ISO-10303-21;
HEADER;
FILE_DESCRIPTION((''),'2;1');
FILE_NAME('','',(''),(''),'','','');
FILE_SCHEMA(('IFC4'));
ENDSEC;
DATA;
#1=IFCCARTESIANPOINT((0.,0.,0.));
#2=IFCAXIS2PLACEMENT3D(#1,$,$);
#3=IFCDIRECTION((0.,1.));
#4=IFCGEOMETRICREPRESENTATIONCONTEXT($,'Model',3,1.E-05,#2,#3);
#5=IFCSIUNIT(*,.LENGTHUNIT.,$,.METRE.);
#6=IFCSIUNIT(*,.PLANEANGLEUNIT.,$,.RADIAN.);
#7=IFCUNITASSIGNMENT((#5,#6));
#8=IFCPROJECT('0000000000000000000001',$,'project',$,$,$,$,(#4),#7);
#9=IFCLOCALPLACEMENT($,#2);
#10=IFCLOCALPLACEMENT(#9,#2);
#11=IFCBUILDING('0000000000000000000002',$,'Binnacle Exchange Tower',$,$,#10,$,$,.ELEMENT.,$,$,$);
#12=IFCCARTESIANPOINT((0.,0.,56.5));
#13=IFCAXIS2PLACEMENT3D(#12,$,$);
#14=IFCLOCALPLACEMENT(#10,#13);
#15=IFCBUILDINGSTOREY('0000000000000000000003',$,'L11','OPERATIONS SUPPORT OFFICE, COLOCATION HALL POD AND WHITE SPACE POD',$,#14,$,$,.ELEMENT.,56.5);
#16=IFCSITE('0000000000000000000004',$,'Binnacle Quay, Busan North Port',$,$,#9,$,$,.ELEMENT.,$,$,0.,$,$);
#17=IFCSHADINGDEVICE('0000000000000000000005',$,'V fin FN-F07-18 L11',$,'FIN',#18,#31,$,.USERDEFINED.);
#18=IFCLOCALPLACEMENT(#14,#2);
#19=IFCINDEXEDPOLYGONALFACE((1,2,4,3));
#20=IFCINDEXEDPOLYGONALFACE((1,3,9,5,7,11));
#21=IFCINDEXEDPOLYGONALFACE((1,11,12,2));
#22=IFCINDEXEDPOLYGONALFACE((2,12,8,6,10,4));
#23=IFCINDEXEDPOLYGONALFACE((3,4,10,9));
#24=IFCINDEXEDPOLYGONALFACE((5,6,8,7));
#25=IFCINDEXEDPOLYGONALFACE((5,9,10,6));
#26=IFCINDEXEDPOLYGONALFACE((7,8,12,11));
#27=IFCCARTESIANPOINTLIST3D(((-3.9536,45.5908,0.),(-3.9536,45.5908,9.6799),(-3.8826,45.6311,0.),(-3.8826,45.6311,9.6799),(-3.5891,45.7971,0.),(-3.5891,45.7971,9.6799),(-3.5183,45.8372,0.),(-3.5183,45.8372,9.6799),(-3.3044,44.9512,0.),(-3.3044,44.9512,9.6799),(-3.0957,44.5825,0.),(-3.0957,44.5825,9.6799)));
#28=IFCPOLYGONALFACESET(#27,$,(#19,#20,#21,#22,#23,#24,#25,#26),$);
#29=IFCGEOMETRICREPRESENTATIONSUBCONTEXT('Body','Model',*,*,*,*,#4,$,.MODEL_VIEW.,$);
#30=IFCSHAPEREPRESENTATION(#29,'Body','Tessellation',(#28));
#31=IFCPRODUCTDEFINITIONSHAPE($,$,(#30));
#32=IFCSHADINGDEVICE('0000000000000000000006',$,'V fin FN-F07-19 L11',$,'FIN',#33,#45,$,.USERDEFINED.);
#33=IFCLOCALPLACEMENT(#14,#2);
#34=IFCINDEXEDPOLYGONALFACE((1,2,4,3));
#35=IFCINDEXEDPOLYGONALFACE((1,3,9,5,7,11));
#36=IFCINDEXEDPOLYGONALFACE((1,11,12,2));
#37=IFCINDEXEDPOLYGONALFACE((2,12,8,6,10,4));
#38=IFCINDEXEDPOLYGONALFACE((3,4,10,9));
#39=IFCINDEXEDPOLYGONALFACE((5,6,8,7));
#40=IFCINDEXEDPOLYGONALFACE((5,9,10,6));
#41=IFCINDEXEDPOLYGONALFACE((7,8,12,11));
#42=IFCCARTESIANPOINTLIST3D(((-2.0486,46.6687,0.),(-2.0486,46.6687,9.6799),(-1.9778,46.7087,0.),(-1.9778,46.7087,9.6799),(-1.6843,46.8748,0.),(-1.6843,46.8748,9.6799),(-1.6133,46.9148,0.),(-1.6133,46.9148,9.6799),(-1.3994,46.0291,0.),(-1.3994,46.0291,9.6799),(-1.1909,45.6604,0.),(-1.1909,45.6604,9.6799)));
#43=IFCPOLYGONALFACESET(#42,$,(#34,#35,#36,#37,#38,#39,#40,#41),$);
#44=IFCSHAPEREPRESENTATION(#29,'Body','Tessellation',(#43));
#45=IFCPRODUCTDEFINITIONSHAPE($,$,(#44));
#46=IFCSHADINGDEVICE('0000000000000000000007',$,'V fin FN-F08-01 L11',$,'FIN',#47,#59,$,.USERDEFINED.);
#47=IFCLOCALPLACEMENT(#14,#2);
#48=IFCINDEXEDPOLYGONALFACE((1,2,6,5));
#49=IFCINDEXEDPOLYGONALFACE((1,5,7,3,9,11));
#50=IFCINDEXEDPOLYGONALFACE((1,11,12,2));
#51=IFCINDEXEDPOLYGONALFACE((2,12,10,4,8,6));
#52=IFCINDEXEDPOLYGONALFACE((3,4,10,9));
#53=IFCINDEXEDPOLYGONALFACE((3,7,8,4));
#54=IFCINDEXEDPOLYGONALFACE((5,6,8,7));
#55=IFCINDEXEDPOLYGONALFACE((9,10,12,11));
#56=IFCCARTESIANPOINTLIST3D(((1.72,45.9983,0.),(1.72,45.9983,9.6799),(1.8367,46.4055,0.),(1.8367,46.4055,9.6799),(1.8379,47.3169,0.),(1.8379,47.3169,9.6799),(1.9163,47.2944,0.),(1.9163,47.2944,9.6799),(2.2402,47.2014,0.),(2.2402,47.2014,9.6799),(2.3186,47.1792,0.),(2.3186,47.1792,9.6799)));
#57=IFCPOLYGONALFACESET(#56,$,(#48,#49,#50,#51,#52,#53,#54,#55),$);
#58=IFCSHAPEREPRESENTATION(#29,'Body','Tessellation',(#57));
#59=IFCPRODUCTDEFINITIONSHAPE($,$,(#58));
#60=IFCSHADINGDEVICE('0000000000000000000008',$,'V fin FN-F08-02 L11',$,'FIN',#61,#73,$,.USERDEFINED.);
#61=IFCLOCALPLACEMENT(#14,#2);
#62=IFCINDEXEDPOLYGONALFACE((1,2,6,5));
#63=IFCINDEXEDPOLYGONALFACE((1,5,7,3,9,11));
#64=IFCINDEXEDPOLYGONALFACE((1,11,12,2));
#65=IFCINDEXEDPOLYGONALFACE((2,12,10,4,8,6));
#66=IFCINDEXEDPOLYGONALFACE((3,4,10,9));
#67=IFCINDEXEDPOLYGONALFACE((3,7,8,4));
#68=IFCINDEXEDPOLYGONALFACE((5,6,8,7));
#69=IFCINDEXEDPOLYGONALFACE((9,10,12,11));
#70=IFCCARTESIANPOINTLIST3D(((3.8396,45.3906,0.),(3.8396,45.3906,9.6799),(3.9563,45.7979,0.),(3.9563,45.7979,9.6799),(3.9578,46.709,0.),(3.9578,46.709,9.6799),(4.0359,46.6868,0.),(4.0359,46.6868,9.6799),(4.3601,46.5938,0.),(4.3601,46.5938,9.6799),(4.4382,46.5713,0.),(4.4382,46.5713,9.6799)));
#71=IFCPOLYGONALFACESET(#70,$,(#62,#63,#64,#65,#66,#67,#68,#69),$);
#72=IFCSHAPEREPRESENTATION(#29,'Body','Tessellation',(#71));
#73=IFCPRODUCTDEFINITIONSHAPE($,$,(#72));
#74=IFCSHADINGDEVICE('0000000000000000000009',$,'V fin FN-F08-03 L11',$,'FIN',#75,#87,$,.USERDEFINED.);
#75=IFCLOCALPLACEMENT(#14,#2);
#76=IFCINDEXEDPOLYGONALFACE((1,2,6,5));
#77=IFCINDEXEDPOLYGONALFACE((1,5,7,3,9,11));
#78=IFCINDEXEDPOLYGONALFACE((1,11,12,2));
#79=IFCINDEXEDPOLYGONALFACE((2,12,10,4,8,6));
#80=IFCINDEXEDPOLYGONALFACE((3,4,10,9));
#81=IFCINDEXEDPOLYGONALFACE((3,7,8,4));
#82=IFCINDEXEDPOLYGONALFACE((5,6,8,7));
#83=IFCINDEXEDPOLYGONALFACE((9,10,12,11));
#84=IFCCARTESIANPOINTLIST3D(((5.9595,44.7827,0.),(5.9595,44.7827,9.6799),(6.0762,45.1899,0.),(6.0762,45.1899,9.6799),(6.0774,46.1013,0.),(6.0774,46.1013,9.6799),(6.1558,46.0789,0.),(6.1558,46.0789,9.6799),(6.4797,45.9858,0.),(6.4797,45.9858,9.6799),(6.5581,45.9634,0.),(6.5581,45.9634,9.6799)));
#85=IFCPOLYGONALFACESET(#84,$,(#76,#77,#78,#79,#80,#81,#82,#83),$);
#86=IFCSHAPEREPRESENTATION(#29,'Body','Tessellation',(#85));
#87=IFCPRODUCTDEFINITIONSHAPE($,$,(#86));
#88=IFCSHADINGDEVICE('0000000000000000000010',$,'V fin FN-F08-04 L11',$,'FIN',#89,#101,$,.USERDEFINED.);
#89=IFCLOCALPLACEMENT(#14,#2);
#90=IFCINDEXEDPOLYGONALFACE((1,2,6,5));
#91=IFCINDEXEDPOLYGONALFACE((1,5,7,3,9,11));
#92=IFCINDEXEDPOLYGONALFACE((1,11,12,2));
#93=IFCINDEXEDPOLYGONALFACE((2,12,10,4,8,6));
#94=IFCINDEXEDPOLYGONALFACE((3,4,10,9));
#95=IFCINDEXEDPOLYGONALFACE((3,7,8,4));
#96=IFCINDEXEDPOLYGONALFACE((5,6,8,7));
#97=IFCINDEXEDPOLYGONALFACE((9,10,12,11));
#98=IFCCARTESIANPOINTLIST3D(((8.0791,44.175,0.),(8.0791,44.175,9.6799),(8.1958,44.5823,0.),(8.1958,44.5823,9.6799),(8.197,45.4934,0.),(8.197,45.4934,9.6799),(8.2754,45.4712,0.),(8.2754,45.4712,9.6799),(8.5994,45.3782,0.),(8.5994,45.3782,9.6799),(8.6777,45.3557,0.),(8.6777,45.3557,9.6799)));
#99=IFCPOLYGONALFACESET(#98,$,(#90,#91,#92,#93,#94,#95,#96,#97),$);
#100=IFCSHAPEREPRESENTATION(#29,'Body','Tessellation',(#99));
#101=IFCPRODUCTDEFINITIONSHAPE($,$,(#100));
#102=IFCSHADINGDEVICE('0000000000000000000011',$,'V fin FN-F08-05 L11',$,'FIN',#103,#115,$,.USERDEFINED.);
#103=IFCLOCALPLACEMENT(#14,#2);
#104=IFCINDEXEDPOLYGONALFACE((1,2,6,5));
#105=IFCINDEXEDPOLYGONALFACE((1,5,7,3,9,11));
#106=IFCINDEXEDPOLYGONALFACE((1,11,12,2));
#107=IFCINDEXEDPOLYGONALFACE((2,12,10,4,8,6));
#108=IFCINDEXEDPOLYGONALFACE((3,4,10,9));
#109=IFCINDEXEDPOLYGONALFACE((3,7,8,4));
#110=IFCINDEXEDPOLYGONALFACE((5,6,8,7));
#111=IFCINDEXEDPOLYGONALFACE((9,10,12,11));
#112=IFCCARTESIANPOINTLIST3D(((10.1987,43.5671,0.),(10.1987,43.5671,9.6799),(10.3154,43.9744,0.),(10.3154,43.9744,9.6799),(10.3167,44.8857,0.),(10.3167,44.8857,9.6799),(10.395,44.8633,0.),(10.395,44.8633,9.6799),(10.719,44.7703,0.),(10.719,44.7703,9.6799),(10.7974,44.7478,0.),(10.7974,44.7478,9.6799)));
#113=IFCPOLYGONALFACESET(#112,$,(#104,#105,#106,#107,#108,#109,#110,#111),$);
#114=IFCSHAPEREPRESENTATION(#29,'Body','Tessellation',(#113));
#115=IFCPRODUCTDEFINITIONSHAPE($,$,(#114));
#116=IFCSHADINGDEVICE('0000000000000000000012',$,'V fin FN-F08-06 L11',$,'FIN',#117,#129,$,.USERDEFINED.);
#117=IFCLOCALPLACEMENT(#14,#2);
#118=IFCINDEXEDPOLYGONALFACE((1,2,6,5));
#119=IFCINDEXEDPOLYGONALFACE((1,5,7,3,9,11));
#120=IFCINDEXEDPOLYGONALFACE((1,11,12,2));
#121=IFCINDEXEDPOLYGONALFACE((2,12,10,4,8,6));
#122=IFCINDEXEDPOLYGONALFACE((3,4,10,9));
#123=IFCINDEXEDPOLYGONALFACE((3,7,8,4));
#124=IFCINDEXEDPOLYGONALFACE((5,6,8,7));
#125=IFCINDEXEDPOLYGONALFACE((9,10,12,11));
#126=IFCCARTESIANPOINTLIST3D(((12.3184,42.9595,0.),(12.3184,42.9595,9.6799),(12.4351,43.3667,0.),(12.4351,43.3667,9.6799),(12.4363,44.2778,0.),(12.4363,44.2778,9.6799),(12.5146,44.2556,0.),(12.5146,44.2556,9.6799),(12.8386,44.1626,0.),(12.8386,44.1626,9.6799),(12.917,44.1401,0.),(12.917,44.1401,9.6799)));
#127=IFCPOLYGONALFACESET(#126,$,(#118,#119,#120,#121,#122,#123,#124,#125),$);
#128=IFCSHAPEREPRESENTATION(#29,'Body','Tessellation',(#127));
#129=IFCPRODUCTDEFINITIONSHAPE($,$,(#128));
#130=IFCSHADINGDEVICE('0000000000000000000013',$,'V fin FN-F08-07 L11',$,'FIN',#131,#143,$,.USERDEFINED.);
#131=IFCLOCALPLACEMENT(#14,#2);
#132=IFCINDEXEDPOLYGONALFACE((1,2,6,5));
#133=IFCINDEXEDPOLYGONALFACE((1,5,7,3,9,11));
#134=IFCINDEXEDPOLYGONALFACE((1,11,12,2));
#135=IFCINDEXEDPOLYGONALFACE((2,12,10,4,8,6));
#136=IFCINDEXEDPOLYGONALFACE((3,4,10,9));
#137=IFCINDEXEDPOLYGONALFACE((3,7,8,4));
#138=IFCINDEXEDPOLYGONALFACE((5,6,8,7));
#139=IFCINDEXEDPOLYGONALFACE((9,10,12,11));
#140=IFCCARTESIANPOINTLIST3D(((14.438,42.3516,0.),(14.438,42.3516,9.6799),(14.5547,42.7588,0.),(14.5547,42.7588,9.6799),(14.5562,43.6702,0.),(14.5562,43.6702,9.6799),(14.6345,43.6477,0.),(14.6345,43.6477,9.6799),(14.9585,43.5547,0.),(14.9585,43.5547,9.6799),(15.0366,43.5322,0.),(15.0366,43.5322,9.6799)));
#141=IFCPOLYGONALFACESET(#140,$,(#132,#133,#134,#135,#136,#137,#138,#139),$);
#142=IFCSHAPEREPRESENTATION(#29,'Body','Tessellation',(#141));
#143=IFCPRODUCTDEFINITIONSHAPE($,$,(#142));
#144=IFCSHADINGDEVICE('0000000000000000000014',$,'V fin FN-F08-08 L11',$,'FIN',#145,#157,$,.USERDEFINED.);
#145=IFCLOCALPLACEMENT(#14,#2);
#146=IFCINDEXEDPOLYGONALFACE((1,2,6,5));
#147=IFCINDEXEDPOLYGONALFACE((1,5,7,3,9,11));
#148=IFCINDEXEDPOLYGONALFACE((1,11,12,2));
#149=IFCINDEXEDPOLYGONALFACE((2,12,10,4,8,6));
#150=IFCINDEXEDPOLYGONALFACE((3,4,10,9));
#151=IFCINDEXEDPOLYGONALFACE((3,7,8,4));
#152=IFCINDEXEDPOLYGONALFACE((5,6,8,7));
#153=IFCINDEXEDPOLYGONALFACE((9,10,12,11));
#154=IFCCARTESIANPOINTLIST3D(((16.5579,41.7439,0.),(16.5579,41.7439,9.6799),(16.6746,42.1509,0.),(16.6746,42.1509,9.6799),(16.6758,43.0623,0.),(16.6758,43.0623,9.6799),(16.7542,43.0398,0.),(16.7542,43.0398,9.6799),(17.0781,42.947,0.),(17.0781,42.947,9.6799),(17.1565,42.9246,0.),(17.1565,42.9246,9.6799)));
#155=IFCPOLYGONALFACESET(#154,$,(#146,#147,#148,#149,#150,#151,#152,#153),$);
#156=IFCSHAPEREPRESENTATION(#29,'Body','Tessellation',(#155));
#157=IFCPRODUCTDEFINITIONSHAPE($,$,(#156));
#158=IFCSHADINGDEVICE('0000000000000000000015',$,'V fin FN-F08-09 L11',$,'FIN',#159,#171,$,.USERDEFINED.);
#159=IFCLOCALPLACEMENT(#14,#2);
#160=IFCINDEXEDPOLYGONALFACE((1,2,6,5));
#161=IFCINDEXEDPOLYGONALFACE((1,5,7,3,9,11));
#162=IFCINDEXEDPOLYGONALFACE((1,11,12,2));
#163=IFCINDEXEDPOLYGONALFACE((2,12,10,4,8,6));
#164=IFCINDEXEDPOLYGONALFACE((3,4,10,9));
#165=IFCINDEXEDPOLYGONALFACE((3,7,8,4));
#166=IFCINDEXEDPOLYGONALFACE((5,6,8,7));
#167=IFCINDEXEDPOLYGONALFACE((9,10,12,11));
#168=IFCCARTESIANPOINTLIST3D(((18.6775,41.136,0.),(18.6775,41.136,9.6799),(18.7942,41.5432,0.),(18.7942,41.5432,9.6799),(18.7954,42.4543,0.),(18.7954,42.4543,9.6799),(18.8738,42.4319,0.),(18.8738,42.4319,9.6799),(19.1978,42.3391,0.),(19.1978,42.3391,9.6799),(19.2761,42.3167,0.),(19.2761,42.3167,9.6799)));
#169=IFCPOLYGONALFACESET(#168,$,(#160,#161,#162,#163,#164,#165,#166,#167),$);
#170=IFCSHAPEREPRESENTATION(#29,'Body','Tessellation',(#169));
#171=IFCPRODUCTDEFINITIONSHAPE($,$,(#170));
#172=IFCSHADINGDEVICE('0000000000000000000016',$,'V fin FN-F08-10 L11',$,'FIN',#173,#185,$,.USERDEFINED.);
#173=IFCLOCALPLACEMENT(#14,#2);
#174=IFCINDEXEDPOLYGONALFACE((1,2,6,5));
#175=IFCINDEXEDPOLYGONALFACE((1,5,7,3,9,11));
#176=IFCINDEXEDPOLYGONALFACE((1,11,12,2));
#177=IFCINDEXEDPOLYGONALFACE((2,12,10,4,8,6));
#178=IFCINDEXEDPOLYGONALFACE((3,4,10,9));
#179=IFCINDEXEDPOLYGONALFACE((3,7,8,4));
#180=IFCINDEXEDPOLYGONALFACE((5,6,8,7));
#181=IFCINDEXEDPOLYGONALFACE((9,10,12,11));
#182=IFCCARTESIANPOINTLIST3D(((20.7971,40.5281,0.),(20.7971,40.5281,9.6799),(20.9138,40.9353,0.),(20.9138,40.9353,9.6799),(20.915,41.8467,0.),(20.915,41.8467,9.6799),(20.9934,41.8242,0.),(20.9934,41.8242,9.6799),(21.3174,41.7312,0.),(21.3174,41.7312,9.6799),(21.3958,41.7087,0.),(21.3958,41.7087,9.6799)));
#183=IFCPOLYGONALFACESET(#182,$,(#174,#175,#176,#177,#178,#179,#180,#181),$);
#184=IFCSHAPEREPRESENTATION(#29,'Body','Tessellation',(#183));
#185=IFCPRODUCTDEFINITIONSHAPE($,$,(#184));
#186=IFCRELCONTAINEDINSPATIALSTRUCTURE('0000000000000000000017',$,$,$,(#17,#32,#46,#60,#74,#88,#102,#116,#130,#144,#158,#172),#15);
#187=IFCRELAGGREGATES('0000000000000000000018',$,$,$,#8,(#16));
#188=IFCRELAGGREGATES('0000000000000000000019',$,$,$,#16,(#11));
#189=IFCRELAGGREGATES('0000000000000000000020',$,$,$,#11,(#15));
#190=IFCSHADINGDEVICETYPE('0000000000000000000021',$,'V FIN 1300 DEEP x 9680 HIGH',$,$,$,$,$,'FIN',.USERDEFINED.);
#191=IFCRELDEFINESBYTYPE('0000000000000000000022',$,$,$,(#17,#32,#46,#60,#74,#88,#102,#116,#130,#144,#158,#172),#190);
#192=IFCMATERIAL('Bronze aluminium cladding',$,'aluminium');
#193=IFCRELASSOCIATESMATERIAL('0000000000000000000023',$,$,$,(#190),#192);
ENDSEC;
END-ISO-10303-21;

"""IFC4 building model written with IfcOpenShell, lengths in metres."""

from ifc_helpers import new_model, si_unit, direction, frame, origin, place, context, subcontext, project, spatial, polyline, outline, extrude, material, type_object, element, save


model = new_model("IFC4")

# Units and contexts
model_context = context("Model", 3, precision=1e-05, world=origin(), true_north=direction((0.0, 1.0)))
body_context = subcontext(model_context, "Body", "Model", "MODEL_VIEW")
ifc_project = project(units=[si_unit("LENGTHUNIT", "METRE"), si_unit("PLANEANGLEUNIT", "RADIAN")], contexts=[model_context])

# Site, building, storey
site_placement = place(None, origin())
site = spatial("IfcSite", under=ifc_project, at=site_placement, Name="Binnacle Quay, Busan North Port", CompositionType="ELEMENT", RefElevation=0.0)
building_placement = place(site_placement, origin())
building = spatial("IfcBuilding", under=site, at=building_placement, Name="Binnacle Exchange Tower", CompositionType="ELEMENT")
storey_placement = place(building_placement, frame((0.0, 0.0, 56.5)))
storey = spatial("IfcBuildingStorey", under=building, at=storey_placement, Name="L11", Description="OPERATIONS SUPPORT OFFICE, COLOCATION HALL POD AND WHITE SPACE POD", CompositionType="ELEMENT", Elevation=56.5)

# Shading devices
ifc_material = material(Name="Bronze aluminium cladding", Category="aluminium")
shading_device_type = type_object("IfcShadingDeviceType", Name="V FIN 1300 DEEP x 9680 HIGH", ElementType="FIN", PredefinedType="USERDEFINED", material=ifc_material)
shading_device_1_placement = place(storey_placement, origin())
element("IfcShadingDevice", 1, at=shading_device_1_placement, inside=storey, type_object=shading_device_type, Name="V fin FN-F07-18 L11", ObjectType="FIN", PredefinedType="USERDEFINED", context=body_context, shape_type="SweptSolid", body=[
    extrude(outline(polyline([(-3.9536, 45.5908), (-3.0957, 44.5825), (-3.5183, 45.8372), (-3.5891, 45.7971), (-3.3044, 44.9512), (-3.8826, 45.6311), (-3.9536, 45.5908)])), origin(), (0.0, 0.0, 1.0), 9.6799),
])
shading_device_2_placement = place(storey_placement, origin())
element("IfcShadingDevice", 2, at=shading_device_2_placement, inside=storey, type_object=shading_device_type, Name="V fin FN-F07-19 L11", ObjectType="FIN", PredefinedType="USERDEFINED", context=body_context, shape_type="SweptSolid", body=[
    extrude(outline(polyline([(-2.0486, 46.6687), (-1.1909, 45.6604), (-1.6133, 46.9148), (-1.6843, 46.8748), (-1.3994, 46.0291), (-1.9778, 46.7087), (-2.0486, 46.6687)])), origin(), (0.0, 0.0, 1.0), 9.6799),
])
shading_device_3_placement = place(storey_placement, origin())
element("IfcShadingDevice", 3, at=shading_device_3_placement, inside=storey, type_object=shading_device_type, Name="V fin FN-F08-01 L11", ObjectType="FIN", PredefinedType="USERDEFINED", context=body_context, shape_type="SweptSolid", body=[
    extrude(outline(polyline([(1.8379, 47.3169), (1.72, 45.9983), (2.3186, 47.1792), (2.2402, 47.2014), (1.8367, 46.4055), (1.9163, 47.2944), (1.8379, 47.3169)])), origin(), (0.0, 0.0, 1.0), 9.6799),
])
shading_device_4_placement = place(storey_placement, origin())
element("IfcShadingDevice", 4, at=shading_device_4_placement, inside=storey, type_object=shading_device_type, Name="V fin FN-F08-02 L11", ObjectType="FIN", PredefinedType="USERDEFINED", context=body_context, shape_type="SweptSolid", body=[
    extrude(outline(polyline([(3.9578, 46.709), (3.8396, 45.3906), (4.4382, 46.5713), (4.3601, 46.5938), (3.9563, 45.7979), (4.0359, 46.6868), (3.9578, 46.709)])), origin(), (0.0, 0.0, 1.0), 9.6799),
])
shading_device_5_placement = place(storey_placement, origin())
element("IfcShadingDevice", 5, at=shading_device_5_placement, inside=storey, type_object=shading_device_type, Name="V fin FN-F08-03 L11", ObjectType="FIN", PredefinedType="USERDEFINED", context=body_context, shape_type="SweptSolid", body=[
    extrude(outline(polyline([(6.0774, 46.1013), (5.9595, 44.7827), (6.5581, 45.9634), (6.4797, 45.9858), (6.0762, 45.1899), (6.1558, 46.0789), (6.0774, 46.1013)])), origin(), (0.0, 0.0, 1.0), 9.6799),
])
shading_device_6_placement = place(storey_placement, origin())
element("IfcShadingDevice", 6, at=shading_device_6_placement, inside=storey, type_object=shading_device_type, Name="V fin FN-F08-04 L11", ObjectType="FIN", PredefinedType="USERDEFINED", context=body_context, shape_type="SweptSolid", body=[
    extrude(outline(polyline([(8.197, 45.4934), (8.0791, 44.175), (8.6777, 45.3557), (8.5994, 45.3782), (8.1958, 44.5823), (8.2754, 45.4712), (8.197, 45.4934)])), origin(), (0.0, 0.0, 1.0), 9.6799),
])
shading_device_7_placement = place(storey_placement, origin())
element("IfcShadingDevice", 7, at=shading_device_7_placement, inside=storey, type_object=shading_device_type, Name="V fin FN-F08-05 L11", ObjectType="FIN", PredefinedType="USERDEFINED", context=body_context, shape_type="SweptSolid", body=[
    extrude(outline(polyline([(10.3167, 44.8857), (10.1987, 43.5671), (10.7974, 44.7478), (10.719, 44.7703), (10.3154, 43.9744), (10.395, 44.8633), (10.3167, 44.8857)])), origin(), (0.0, 0.0, 1.0), 9.6799),
])
shading_device_8_placement = place(storey_placement, origin())
element("IfcShadingDevice", 8, at=shading_device_8_placement, inside=storey, type_object=shading_device_type, Name="V fin FN-F08-06 L11", ObjectType="FIN", PredefinedType="USERDEFINED", context=body_context, shape_type="SweptSolid", body=[
    extrude(outline(polyline([(12.4363, 44.2778), (12.3184, 42.9595), (12.917, 44.1401), (12.8386, 44.1626), (12.4351, 43.3667), (12.5146, 44.2556), (12.4363, 44.2778)])), origin(), (0.0, 0.0, 1.0), 9.6799),
])
shading_device_9_placement = place(storey_placement, origin())
element("IfcShadingDevice", 9, at=shading_device_9_placement, inside=storey, type_object=shading_device_type, Name="V fin FN-F08-07 L11", ObjectType="FIN", PredefinedType="USERDEFINED", context=body_context, shape_type="SweptSolid", body=[
    extrude(outline(polyline([(14.5562, 43.6702), (14.438, 42.3516), (15.0366, 43.5322), (14.9585, 43.5547), (14.5547, 42.7588), (14.6345, 43.6477), (14.5562, 43.6702)])), origin(), (0.0, 0.0, 1.0), 9.6799),
])
shading_device_10_placement = place(storey_placement, origin())
element("IfcShadingDevice", 10, at=shading_device_10_placement, inside=storey, type_object=shading_device_type, Name="V fin FN-F08-08 L11", ObjectType="FIN", PredefinedType="USERDEFINED", context=body_context, shape_type="SweptSolid", body=[
    extrude(outline(polyline([(16.6758, 43.0623), (16.5579, 41.7439), (17.1565, 42.9246), (17.0781, 42.947), (16.6746, 42.1509), (16.7542, 43.0398), (16.6758, 43.0623)])), origin(), (0.0, 0.0, 1.0), 9.6799),
])
shading_device_11_placement = place(storey_placement, origin())
element("IfcShadingDevice", 11, at=shading_device_11_placement, inside=storey, type_object=shading_device_type, Name="V fin FN-F08-09 L11", ObjectType="FIN", PredefinedType="USERDEFINED", context=body_context, shape_type="SweptSolid", body=[
    extrude(outline(polyline([(18.7954, 42.4543), (18.6775, 41.136), (19.2761, 42.3167), (19.1978, 42.3391), (18.7942, 41.5432), (18.8738, 42.4319), (18.7954, 42.4543)])), origin(), (0.0, 0.0, 1.0), 9.6799),
])
shading_device_12_placement = place(storey_placement, origin())
element("IfcShadingDevice", 12, at=shading_device_12_placement, inside=storey, type_object=shading_device_type, Name="V fin FN-F08-10 L11", ObjectType="FIN", PredefinedType="USERDEFINED", context=body_context, shape_type="SweptSolid", body=[
    extrude(outline(polyline([(20.915, 41.8467), (20.7971, 40.5281), (21.3958, 41.7087), (21.3174, 41.7312), (20.9138, 40.9353), (20.9934, 41.8242), (20.915, 41.8467)])), origin(), (0.0, 0.0, 1.0), 9.6799),
])

save(model, "model.ifc")
